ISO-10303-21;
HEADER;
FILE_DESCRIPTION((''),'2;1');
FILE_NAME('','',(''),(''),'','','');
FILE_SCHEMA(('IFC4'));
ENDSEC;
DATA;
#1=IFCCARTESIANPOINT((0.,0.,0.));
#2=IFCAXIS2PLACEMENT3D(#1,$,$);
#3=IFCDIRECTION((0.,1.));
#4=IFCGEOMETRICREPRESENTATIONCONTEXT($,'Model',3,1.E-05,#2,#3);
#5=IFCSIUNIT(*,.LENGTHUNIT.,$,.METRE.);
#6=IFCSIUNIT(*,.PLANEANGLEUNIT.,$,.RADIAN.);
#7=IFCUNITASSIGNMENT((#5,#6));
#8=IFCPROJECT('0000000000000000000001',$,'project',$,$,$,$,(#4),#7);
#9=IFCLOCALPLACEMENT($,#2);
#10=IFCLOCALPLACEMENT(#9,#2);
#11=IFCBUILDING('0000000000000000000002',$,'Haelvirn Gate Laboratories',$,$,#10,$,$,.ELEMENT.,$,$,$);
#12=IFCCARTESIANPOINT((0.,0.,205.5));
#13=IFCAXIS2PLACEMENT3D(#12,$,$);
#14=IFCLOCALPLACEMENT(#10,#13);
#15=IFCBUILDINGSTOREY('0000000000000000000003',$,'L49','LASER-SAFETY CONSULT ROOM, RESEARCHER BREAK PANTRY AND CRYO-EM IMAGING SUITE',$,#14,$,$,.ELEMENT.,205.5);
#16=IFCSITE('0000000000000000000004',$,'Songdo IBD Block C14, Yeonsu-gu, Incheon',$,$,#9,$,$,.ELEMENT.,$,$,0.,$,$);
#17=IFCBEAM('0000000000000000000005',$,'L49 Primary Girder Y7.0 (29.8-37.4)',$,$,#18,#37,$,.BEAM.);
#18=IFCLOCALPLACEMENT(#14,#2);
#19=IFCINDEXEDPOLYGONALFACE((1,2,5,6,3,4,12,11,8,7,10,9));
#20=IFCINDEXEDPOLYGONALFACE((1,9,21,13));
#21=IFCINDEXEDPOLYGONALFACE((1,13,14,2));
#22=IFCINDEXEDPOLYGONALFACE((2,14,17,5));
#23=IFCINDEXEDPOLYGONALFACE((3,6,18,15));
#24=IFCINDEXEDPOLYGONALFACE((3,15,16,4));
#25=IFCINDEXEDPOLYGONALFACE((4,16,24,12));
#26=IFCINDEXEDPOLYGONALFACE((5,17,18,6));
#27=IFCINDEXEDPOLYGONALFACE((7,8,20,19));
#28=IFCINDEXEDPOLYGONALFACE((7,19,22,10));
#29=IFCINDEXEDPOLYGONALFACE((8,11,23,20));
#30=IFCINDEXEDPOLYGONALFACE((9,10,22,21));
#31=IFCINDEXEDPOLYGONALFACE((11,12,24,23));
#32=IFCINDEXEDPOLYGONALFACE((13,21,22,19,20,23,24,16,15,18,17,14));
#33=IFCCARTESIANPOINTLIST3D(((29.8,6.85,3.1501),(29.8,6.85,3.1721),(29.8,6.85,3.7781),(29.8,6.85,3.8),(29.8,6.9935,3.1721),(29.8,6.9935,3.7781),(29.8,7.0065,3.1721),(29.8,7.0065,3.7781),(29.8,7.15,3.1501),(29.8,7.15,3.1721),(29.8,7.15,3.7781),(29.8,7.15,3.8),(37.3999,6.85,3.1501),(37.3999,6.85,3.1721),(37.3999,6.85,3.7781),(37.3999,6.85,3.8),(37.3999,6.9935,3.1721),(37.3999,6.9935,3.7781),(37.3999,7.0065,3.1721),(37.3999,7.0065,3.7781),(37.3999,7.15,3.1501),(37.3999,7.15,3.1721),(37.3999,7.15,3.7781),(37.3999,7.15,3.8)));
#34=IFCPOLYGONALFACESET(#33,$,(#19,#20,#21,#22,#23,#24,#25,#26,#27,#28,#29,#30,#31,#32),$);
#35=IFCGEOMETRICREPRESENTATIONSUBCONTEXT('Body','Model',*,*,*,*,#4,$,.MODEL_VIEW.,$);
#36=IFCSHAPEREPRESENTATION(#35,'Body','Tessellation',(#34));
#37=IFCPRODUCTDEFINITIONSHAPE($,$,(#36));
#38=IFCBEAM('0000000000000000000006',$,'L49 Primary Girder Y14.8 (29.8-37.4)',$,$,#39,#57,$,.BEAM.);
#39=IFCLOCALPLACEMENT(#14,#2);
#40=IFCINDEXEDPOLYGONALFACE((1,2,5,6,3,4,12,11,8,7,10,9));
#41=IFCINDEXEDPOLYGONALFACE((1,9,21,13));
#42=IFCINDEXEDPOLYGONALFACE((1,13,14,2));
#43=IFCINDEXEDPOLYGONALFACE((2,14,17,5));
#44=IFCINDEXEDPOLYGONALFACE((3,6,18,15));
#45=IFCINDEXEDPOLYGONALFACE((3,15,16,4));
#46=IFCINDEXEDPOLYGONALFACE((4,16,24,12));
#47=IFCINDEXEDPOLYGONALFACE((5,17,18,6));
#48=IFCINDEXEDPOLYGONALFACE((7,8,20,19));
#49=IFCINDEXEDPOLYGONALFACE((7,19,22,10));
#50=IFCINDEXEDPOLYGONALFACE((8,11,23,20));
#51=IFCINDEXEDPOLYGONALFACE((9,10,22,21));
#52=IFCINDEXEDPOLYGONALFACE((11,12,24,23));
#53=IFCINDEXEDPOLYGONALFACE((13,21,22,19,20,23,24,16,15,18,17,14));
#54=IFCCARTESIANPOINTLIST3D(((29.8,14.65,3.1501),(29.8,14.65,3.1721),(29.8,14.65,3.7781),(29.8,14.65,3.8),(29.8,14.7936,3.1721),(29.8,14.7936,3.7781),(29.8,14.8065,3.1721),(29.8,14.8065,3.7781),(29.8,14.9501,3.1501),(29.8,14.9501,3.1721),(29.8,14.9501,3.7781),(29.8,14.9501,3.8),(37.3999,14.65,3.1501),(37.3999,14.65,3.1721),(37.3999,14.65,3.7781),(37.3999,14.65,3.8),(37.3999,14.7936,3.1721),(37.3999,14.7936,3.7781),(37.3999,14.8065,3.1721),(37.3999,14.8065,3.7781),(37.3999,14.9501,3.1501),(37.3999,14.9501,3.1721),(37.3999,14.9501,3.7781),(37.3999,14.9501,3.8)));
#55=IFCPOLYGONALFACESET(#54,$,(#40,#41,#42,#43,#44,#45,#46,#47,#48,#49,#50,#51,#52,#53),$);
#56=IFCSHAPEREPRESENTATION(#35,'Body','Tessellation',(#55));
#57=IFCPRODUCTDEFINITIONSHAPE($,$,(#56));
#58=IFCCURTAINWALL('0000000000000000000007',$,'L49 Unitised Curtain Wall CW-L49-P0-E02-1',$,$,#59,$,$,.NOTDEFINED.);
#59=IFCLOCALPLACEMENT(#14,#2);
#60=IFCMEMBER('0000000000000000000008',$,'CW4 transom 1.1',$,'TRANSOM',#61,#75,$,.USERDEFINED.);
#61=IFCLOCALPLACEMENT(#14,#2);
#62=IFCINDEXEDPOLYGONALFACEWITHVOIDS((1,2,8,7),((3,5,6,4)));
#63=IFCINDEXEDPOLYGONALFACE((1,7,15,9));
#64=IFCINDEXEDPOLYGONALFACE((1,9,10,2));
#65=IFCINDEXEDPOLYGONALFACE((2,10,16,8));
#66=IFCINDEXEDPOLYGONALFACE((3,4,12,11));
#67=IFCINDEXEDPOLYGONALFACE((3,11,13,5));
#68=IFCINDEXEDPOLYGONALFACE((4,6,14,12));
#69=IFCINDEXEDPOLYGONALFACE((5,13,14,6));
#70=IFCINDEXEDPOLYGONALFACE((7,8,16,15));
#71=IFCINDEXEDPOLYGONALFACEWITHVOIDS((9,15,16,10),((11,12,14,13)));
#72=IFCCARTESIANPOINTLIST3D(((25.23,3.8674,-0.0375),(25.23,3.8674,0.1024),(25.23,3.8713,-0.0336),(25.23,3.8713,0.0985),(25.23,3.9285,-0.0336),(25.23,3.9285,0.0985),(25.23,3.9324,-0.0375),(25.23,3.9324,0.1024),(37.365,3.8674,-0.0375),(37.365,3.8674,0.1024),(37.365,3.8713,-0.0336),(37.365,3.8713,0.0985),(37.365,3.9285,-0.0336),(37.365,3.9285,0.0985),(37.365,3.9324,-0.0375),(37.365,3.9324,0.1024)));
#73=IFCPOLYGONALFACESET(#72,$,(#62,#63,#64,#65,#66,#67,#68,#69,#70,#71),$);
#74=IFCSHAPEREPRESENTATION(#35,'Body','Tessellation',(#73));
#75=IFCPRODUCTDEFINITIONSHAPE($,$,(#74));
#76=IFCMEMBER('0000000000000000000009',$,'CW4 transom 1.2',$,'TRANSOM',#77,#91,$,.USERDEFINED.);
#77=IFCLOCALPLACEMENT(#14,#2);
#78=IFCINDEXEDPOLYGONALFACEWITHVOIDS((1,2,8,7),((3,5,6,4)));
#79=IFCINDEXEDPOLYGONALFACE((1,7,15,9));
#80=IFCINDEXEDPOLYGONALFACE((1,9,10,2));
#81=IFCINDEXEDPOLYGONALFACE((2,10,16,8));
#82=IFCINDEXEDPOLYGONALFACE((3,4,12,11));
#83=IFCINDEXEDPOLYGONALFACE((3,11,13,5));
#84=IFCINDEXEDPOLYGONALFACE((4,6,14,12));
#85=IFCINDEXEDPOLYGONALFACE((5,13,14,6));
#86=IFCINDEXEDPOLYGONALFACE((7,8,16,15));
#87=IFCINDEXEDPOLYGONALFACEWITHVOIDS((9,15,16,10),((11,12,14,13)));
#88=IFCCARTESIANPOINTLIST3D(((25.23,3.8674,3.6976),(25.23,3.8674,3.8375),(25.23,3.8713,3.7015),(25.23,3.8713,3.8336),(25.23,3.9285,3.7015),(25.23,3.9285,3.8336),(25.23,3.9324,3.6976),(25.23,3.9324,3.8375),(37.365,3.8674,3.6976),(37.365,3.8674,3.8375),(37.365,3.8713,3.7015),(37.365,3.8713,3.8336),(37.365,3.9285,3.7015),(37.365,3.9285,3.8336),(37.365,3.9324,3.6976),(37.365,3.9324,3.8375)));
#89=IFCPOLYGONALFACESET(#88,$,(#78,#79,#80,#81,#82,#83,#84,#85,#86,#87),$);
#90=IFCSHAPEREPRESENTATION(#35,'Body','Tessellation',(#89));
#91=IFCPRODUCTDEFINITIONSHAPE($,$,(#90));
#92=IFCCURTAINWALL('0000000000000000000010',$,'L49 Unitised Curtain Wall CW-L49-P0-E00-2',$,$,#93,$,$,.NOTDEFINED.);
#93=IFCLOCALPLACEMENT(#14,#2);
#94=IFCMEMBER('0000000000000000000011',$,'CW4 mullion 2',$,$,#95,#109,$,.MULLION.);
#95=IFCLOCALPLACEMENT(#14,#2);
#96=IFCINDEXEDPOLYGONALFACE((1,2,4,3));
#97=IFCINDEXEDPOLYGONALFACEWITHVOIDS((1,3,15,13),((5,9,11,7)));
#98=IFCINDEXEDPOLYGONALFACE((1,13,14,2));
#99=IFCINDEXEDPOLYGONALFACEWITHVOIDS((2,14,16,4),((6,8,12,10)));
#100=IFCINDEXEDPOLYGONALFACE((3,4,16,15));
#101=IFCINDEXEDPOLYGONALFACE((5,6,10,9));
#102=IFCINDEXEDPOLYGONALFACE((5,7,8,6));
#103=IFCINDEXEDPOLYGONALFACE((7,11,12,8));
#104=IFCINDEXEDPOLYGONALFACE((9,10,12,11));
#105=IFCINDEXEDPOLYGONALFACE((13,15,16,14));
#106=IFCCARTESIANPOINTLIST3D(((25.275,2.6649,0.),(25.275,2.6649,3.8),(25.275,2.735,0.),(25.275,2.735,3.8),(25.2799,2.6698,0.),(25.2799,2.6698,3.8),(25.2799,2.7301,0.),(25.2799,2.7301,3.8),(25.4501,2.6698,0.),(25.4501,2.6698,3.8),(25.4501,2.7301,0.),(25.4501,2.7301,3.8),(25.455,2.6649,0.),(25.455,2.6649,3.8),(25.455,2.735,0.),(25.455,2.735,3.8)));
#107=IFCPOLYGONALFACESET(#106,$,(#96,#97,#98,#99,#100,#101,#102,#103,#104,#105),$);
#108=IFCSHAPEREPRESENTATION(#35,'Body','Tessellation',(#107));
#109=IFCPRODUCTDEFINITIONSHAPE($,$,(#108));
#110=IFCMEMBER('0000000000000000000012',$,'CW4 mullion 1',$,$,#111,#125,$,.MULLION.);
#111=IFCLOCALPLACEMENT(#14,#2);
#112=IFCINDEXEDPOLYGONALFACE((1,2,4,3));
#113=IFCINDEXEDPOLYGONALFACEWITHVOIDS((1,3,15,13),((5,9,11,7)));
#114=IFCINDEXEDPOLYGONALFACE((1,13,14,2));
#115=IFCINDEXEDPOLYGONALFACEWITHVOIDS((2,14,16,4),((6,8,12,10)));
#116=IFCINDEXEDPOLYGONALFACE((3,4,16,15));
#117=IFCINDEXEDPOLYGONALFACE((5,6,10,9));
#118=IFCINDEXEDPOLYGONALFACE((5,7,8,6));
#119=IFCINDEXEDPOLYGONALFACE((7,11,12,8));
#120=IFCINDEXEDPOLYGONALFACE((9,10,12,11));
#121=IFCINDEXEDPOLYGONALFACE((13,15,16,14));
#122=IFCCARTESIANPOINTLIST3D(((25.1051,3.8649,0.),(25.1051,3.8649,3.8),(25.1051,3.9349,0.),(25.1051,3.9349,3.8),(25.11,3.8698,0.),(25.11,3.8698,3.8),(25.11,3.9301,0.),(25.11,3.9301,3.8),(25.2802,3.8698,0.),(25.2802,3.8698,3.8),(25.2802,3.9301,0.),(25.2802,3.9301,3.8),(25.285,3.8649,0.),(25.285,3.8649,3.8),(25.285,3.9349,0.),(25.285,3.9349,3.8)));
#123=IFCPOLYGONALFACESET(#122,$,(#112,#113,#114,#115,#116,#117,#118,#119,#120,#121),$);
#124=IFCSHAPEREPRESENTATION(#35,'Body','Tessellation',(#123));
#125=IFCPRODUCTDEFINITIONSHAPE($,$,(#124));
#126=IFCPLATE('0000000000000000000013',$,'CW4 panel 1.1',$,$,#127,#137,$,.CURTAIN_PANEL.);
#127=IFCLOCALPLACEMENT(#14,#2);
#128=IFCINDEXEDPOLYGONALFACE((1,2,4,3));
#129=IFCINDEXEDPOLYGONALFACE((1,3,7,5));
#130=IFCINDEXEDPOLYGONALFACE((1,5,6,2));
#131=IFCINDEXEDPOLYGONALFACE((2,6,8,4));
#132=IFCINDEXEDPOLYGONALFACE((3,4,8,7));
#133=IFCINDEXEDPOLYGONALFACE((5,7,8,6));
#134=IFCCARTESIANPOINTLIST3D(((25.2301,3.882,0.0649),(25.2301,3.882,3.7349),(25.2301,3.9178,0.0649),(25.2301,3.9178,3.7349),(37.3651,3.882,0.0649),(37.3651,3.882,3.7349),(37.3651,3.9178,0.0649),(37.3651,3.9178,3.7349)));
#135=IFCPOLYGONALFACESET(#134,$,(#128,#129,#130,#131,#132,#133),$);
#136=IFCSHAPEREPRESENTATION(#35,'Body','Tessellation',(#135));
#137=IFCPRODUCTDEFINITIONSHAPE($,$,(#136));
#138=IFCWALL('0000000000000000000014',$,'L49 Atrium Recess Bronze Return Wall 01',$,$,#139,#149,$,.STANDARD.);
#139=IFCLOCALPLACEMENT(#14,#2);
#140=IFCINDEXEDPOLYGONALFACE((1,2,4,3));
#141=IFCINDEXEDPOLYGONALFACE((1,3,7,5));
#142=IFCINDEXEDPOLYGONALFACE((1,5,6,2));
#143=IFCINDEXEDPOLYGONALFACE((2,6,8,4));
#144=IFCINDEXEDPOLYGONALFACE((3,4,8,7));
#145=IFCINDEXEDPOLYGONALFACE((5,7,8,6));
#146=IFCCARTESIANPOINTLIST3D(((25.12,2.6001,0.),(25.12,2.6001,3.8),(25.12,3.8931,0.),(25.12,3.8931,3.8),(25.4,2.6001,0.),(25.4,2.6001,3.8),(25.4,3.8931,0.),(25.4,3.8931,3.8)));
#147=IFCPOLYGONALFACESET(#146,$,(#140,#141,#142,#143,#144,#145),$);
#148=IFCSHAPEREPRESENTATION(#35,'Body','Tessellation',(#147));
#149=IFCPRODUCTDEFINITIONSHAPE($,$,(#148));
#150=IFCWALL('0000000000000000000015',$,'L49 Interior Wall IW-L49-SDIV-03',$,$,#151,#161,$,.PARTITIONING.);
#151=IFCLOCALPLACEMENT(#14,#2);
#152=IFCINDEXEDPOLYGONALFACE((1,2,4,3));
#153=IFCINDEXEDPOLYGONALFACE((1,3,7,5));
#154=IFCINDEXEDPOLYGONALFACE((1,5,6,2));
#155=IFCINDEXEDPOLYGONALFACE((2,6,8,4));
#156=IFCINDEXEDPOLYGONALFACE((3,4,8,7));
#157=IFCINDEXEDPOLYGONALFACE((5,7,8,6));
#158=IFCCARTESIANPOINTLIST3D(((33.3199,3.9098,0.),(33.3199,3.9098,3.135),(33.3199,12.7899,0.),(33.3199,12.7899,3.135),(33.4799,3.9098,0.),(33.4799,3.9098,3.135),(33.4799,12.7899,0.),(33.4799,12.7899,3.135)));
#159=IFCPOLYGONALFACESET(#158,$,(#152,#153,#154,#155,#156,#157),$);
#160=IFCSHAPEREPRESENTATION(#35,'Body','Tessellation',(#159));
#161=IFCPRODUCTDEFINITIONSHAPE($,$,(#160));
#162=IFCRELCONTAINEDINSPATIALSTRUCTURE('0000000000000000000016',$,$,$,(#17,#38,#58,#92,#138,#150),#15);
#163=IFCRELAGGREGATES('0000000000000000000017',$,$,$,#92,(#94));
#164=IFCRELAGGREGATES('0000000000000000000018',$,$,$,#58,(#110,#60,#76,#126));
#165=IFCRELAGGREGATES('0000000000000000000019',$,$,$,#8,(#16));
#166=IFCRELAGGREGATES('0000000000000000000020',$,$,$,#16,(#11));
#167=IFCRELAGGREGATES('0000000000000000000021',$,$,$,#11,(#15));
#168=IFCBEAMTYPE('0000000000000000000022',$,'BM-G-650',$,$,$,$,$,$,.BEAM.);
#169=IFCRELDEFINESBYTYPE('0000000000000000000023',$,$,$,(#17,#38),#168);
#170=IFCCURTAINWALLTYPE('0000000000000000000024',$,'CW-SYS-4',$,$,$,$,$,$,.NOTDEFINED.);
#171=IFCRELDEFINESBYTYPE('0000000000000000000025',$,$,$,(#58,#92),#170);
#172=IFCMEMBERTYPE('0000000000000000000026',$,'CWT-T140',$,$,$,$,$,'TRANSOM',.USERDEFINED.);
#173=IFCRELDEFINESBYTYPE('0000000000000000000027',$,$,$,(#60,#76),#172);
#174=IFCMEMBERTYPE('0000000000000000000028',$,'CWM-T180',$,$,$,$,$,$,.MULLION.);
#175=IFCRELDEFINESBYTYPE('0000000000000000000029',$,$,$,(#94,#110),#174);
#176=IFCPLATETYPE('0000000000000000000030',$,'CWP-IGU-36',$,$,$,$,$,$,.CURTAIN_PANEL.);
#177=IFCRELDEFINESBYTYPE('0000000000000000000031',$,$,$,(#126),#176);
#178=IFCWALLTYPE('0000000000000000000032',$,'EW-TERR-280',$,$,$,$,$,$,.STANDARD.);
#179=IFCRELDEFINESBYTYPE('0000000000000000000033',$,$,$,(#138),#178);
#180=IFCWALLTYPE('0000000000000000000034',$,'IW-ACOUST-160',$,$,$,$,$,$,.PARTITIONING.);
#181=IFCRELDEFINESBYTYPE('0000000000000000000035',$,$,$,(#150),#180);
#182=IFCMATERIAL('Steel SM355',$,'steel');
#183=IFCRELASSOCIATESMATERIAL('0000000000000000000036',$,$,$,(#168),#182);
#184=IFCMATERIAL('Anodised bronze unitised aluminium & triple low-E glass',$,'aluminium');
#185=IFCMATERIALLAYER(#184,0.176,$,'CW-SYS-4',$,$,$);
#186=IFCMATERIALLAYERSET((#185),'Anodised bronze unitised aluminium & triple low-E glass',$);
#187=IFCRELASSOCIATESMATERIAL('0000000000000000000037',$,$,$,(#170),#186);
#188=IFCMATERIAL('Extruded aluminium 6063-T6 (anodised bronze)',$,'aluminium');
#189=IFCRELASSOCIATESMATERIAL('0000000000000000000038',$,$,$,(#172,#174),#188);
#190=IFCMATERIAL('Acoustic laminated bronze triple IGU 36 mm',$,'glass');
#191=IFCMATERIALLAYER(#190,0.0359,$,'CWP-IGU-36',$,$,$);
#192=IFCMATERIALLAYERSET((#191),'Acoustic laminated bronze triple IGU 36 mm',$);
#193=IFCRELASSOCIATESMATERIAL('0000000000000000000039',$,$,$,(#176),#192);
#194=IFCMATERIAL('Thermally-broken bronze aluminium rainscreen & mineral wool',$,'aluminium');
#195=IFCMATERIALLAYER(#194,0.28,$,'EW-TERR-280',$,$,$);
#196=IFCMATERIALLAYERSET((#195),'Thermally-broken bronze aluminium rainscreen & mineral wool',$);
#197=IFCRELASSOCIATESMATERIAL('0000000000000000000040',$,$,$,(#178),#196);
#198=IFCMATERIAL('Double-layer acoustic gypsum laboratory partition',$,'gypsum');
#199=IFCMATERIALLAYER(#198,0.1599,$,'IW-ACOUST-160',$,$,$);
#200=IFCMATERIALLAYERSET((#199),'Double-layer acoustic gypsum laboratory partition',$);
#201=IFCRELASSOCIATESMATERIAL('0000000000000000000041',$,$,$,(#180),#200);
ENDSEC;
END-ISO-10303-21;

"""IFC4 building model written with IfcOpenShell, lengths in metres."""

from ifc_helpers import new_model, si_unit, direction, frame, frame_2d, origin, origin_2d, place, context, subcontext, project, spatial, rectangle, hollow_rectangle, i_section, extrude, source, transform, mapped, material, layer, layer_set, material_profile, profile_set, type_object, type_shapes, element, aggregate, save


model = new_model("IFC4")

# Units and contexts
model_context = context("Model", 3, precision=1e-05, world=origin(), true_north=direction((0.0, 1.0)))
body_context = subcontext(model_context, "Body", "Model", "MODEL_VIEW")
ifc_project = project(units=[si_unit("LENGTHUNIT", "METRE"), si_unit("PLANEANGLEUNIT", "RADIAN")], contexts=[model_context])

# Site, building, storey
site_placement = place(None, origin())
site = spatial("IfcSite", under=ifc_project, at=site_placement, Name="Songdo IBD Block C14, Yeonsu-gu, Incheon", CompositionType="ELEMENT", RefElevation=0.0)
building_placement = place(site_placement, origin())
building = spatial("IfcBuilding", under=site, at=building_placement, Name="Haelvirn Gate Laboratories", CompositionType="ELEMENT")
storey_placement = place(building_placement, frame((0.0, 0.0, 205.5)))
storey = spatial("IfcBuildingStorey", under=building, at=storey_placement, Name="L49", Description="LASER-SAFETY CONSULT ROOM, RESEARCHER BREAK PANTRY AND CRYO-EM IMAGING SUITE", CompositionType="ELEMENT", Elevation=205.5)

# Shared definitions
ifc_material_1 = material(Name="Steel SM355", Category="steel")

# Beams
ifc_material_profile_1 = material_profile(ifc_material_1, i_section(OverallWidth=0.3, OverallDepth=0.6499, WebThickness=0.0129, FlangeThickness=0.022, at=origin_2d()), Name="H-650x300x13x22")
ifc_profile_set_1 = profile_set([ifc_material_profile_1], Name="Steel SM355")
beam_type_1 = type_object("IfcBeamType", Name="BM-G-650", PredefinedType="BEAM", material=ifc_profile_set_1)
shared_shape_1 = source(origin(), body_context, "Body", "SweptSolid", [
    extrude(i_section(OverallWidth=0.3, OverallDepth=0.6499, WebThickness=0.0129, FlangeThickness=0.022, at=origin_2d()), origin(), (0.0, 0.0, 1.0), 7.5999),
])
for number, where, z_axis, x_axis, name in (
    (1, (29.8, 7.0, 3.4751), (1.0, 0.0, 0.0), (0.0, 1.0, 0.0), "L49 Primary Girder Y7.0 (29.8-37.4)"),
    (2, (29.8, 14.8, 3.4751), (1.0, 0.0, 0.0), (0.0, 1.0, 0.0), "L49 Primary Girder Y14.8 (29.8-37.4)"),
):
    element("IfcBeam", number, at=place(storey_placement, frame(where, z_axis=z_axis, x_axis=x_axis)), inside=storey, type_object=beam_type_1, Name=name, PredefinedType="BEAM", context=body_context, shape_type="MappedRepresentation", body=[
        mapped(shared_shape_1, transform((0.0, 0.0, 0.0), scale=1.0)),
    ])

# Curtain wall, members
ifc_material_2 = material(Name="Anodised bronze unitised aluminium & triple low-E glass", Category="aluminium")
ifc_layer_1 = layer(ifc_material_2, 0.176, Name="CW-SYS-4")
ifc_layer_set_1 = layer_set([ifc_layer_1], Name="Anodised bronze unitised aluminium & triple low-E glass")
curtain_wall_type = type_object("IfcCurtainWallType", Name="CW-SYS-4", PredefinedType="NOTDEFINED", material=ifc_layer_set_1)
curtain_wall_1_placement = place(storey_placement, origin())
curtain_wall_1 = element("IfcCurtainWall", 3, at=curtain_wall_1_placement, inside=storey, type_object=curtain_wall_type, Name="L49 Unitised Curtain Wall CW-L49-P0-E02-1", PredefinedType="NOTDEFINED")
ifc_material_3 = material(Name="Extruded aluminium 6063-T6 (anodised bronze)", Category="aluminium")
ifc_material_profile_2 = material_profile(ifc_material_3, hollow_rectangle(XDim=0.0649, YDim=0.1399, WallThickness=0.0039, at=origin_2d()), Name="CWT-140x65x4")
ifc_profile_set_2 = profile_set([ifc_material_profile_2], Name="Extruded aluminium 6063-T6 (anodised bronze)")
member_type_1 = type_object("IfcMemberType", Name="CWT-T140", ElementType="TRANSOM", PredefinedType="USERDEFINED", material=ifc_profile_set_2)
shared_shape_2 = source(origin(), body_context, "Body", "SweptSolid", [
    extrude(hollow_rectangle(XDim=0.0649, YDim=0.1399, WallThickness=0.0039, at=origin_2d()), origin(), (0.0, 0.0, 1.0), 12.135),
])
type_shapes(member_type_1, [shared_shape_2])
member_1_placement = place(storey_placement, frame((25.23, 3.8999, 0.0325), z_axis=(1.0, 0.0, 0.0), x_axis=(0.0, 1.0, 0.0)))
member_1 = element("IfcMember", 4, at=member_1_placement, type_object=member_type_1, Name="CW4 transom 1.1", ObjectType="TRANSOM", PredefinedType="USERDEFINED", context=body_context, shape_type="MappedRepresentation", body=[
    mapped(shared_shape_2, transform((0.0, 0.0, 0.0), scale=1.0)),
])
member_2_placement = place(storey_placement, frame((25.23, 3.8999, 3.7676), z_axis=(1.0, 0.0, 0.0), x_axis=(0.0, 1.0, 0.0)))
member_2 = element("IfcMember", 5, at=member_2_placement, type_object=member_type_1, Name="CW4 transom 1.2", ObjectType="TRANSOM", PredefinedType="USERDEFINED", context=body_context, shape_type="MappedRepresentation", body=[
    mapped(shared_shape_2, transform((0.0, 0.0, 0.0), scale=1.0)),
])

# Curtain wall, member
curtain_wall_2_placement = place(storey_placement, origin())
curtain_wall_2 = element("IfcCurtainWall", 6, at=curtain_wall_2_placement, inside=storey, type_object=curtain_wall_type, Name="L49 Unitised Curtain Wall CW-L49-P0-E00-2", PredefinedType="NOTDEFINED")
ifc_material_profile_3 = material_profile(ifc_material_3, hollow_rectangle(XDim=0.0701, YDim=0.1799, WallThickness=0.0049, at=origin_2d()), Name="CWM-180x70x5")
ifc_profile_set_3 = profile_set([ifc_material_profile_3], Name="Extruded aluminium 6063-T6 (anodised bronze)")
member_type_2 = type_object("IfcMemberType", Name="CWM-T180", PredefinedType="MULLION", material=ifc_profile_set_3)
shared_shape_3 = source(origin(), body_context, "Body", "SweptSolid", [
    extrude(hollow_rectangle(XDim=0.0701, YDim=0.1799, WallThickness=0.0049, at=origin_2d()), origin(), (0.0, 0.0, 1.0), 3.8),
])
type_shapes(member_type_2, [shared_shape_3])
member_3_placement = place(storey_placement, frame((25.365, 2.7, 0.0), z_axis=(0.0, 0.0, 1.0), x_axis=(0.0, 1.0, 0.0)))
member_3 = element("IfcMember", 7, at=member_3_placement, type_object=member_type_2, Name="CW4 mullion 2", PredefinedType="MULLION", context=body_context, shape_type="MappedRepresentation", body=[
    mapped(shared_shape_3, transform((0.0, 0.0, 0.0), scale=1.0)),
])
aggregate(curtain_wall_2, [member_3])

# Member
member_4_placement = place(storey_placement, frame((25.1951, 3.8999, 0.0), z_axis=(0.0, 0.0, 1.0), x_axis=(0.0, 1.0, 0.0)))
member_4 = element("IfcMember", 8, at=member_4_placement, type_object=member_type_2, Name="CW4 mullion 1", PredefinedType="MULLION", context=body_context, shape_type="MappedRepresentation", body=[
    mapped(shared_shape_3, transform((0.0, 0.0, 0.0), scale=1.0)),
])

# Plate
ifc_material_4 = material(Name="Acoustic laminated bronze triple IGU 36 mm", Category="glass")
ifc_layer_2 = layer(ifc_material_4, 0.0359, Name="CWP-IGU-36")
ifc_layer_set_2 = layer_set([ifc_layer_2], Name="Acoustic laminated bronze triple IGU 36 mm")
plate_type = type_object("IfcPlateType", Name="CWP-IGU-36", PredefinedType="CURTAIN_PANEL", material=ifc_layer_set_2)
shared_shape_4 = source(origin(), body_context, "Body", "SweptSolid", [
    extrude(rectangle(XDim=12.135, YDim=0.0359, at=origin_2d()), origin(), (0.0, 0.0, 1.0), 3.6699),
])
type_shapes(plate_type, [shared_shape_4])
plate_placement = place(storey_placement, frame((31.2976, 3.8999, 0.0649), z_axis=(0.0, 0.0, 1.0), x_axis=(1.0, 0.0, 0.0)))
plate = element("IfcPlate", 9, at=plate_placement, type_object=plate_type, Name="CW4 panel 1.1", PredefinedType="CURTAIN_PANEL", context=body_context, shape_type="MappedRepresentation", body=[
    mapped(shared_shape_4, transform((0.0, 0.0, 0.0), scale=1.0)),
])
aggregate(curtain_wall_1, [member_4, member_1, member_2, plate])

# Walls
ifc_material_5 = material(Name="Thermally-broken bronze aluminium rainscreen & mineral wool", Category="aluminium")
ifc_layer_3 = layer(ifc_material_5, 0.28, Name="EW-TERR-280")
ifc_layer_set_3 = layer_set([ifc_layer_3], Name="Thermally-broken bronze aluminium rainscreen & mineral wool")
wall_type_1 = type_object("IfcWallType", Name="EW-TERR-280", PredefinedType="STANDARD", material=ifc_layer_set_3)
wall_1_placement = place(storey_placement, frame((25.26, 2.6001, 0.0), z_axis=(0.0, 0.0, 1.0), x_axis=(0.0, 1.0, 0.0)))
element("IfcWall", 10, at=wall_1_placement, inside=storey, type_object=wall_type_1, Name="L49 Atrium Recess Bronze Return Wall 01", PredefinedType="STANDARD", context=body_context, shape_type="SweptSolid", body=[
    extrude(rectangle(XDim=1.293, YDim=0.28, at=frame_2d((0.6465, 0.0))), origin(), (0.0, 0.0, 1.0), 3.8),
])
ifc_material_6 = material(Name="Double-layer acoustic gypsum laboratory partition", Category="gypsum")
ifc_layer_4 = layer(ifc_material_6, 0.1599, Name="IW-ACOUST-160")
ifc_layer_set_4 = layer_set([ifc_layer_4], Name="Double-layer acoustic gypsum laboratory partition")
wall_type_2 = type_object("IfcWallType", Name="IW-ACOUST-160", PredefinedType="PARTITIONING", material=ifc_layer_set_4)
wall_2_placement = place(storey_placement, frame((33.3999, 3.9099, 0.0), z_axis=(0.0, 0.0, 1.0), x_axis=(0.0, 1.0, 0.0)))
element("IfcWall", 11, at=wall_2_placement, inside=storey, type_object=wall_type_2, Name="L49 Interior Wall IW-L49-SDIV-03", PredefinedType="PARTITIONING", context=body_context, shape_type="SweptSolid", body=[
    extrude(rectangle(XDim=8.8801, YDim=0.1599, at=frame_2d((4.4399, 0.0))), origin(), (0.0, 0.0, 1.0), 3.135),
])

save(model, "model.ifc")
